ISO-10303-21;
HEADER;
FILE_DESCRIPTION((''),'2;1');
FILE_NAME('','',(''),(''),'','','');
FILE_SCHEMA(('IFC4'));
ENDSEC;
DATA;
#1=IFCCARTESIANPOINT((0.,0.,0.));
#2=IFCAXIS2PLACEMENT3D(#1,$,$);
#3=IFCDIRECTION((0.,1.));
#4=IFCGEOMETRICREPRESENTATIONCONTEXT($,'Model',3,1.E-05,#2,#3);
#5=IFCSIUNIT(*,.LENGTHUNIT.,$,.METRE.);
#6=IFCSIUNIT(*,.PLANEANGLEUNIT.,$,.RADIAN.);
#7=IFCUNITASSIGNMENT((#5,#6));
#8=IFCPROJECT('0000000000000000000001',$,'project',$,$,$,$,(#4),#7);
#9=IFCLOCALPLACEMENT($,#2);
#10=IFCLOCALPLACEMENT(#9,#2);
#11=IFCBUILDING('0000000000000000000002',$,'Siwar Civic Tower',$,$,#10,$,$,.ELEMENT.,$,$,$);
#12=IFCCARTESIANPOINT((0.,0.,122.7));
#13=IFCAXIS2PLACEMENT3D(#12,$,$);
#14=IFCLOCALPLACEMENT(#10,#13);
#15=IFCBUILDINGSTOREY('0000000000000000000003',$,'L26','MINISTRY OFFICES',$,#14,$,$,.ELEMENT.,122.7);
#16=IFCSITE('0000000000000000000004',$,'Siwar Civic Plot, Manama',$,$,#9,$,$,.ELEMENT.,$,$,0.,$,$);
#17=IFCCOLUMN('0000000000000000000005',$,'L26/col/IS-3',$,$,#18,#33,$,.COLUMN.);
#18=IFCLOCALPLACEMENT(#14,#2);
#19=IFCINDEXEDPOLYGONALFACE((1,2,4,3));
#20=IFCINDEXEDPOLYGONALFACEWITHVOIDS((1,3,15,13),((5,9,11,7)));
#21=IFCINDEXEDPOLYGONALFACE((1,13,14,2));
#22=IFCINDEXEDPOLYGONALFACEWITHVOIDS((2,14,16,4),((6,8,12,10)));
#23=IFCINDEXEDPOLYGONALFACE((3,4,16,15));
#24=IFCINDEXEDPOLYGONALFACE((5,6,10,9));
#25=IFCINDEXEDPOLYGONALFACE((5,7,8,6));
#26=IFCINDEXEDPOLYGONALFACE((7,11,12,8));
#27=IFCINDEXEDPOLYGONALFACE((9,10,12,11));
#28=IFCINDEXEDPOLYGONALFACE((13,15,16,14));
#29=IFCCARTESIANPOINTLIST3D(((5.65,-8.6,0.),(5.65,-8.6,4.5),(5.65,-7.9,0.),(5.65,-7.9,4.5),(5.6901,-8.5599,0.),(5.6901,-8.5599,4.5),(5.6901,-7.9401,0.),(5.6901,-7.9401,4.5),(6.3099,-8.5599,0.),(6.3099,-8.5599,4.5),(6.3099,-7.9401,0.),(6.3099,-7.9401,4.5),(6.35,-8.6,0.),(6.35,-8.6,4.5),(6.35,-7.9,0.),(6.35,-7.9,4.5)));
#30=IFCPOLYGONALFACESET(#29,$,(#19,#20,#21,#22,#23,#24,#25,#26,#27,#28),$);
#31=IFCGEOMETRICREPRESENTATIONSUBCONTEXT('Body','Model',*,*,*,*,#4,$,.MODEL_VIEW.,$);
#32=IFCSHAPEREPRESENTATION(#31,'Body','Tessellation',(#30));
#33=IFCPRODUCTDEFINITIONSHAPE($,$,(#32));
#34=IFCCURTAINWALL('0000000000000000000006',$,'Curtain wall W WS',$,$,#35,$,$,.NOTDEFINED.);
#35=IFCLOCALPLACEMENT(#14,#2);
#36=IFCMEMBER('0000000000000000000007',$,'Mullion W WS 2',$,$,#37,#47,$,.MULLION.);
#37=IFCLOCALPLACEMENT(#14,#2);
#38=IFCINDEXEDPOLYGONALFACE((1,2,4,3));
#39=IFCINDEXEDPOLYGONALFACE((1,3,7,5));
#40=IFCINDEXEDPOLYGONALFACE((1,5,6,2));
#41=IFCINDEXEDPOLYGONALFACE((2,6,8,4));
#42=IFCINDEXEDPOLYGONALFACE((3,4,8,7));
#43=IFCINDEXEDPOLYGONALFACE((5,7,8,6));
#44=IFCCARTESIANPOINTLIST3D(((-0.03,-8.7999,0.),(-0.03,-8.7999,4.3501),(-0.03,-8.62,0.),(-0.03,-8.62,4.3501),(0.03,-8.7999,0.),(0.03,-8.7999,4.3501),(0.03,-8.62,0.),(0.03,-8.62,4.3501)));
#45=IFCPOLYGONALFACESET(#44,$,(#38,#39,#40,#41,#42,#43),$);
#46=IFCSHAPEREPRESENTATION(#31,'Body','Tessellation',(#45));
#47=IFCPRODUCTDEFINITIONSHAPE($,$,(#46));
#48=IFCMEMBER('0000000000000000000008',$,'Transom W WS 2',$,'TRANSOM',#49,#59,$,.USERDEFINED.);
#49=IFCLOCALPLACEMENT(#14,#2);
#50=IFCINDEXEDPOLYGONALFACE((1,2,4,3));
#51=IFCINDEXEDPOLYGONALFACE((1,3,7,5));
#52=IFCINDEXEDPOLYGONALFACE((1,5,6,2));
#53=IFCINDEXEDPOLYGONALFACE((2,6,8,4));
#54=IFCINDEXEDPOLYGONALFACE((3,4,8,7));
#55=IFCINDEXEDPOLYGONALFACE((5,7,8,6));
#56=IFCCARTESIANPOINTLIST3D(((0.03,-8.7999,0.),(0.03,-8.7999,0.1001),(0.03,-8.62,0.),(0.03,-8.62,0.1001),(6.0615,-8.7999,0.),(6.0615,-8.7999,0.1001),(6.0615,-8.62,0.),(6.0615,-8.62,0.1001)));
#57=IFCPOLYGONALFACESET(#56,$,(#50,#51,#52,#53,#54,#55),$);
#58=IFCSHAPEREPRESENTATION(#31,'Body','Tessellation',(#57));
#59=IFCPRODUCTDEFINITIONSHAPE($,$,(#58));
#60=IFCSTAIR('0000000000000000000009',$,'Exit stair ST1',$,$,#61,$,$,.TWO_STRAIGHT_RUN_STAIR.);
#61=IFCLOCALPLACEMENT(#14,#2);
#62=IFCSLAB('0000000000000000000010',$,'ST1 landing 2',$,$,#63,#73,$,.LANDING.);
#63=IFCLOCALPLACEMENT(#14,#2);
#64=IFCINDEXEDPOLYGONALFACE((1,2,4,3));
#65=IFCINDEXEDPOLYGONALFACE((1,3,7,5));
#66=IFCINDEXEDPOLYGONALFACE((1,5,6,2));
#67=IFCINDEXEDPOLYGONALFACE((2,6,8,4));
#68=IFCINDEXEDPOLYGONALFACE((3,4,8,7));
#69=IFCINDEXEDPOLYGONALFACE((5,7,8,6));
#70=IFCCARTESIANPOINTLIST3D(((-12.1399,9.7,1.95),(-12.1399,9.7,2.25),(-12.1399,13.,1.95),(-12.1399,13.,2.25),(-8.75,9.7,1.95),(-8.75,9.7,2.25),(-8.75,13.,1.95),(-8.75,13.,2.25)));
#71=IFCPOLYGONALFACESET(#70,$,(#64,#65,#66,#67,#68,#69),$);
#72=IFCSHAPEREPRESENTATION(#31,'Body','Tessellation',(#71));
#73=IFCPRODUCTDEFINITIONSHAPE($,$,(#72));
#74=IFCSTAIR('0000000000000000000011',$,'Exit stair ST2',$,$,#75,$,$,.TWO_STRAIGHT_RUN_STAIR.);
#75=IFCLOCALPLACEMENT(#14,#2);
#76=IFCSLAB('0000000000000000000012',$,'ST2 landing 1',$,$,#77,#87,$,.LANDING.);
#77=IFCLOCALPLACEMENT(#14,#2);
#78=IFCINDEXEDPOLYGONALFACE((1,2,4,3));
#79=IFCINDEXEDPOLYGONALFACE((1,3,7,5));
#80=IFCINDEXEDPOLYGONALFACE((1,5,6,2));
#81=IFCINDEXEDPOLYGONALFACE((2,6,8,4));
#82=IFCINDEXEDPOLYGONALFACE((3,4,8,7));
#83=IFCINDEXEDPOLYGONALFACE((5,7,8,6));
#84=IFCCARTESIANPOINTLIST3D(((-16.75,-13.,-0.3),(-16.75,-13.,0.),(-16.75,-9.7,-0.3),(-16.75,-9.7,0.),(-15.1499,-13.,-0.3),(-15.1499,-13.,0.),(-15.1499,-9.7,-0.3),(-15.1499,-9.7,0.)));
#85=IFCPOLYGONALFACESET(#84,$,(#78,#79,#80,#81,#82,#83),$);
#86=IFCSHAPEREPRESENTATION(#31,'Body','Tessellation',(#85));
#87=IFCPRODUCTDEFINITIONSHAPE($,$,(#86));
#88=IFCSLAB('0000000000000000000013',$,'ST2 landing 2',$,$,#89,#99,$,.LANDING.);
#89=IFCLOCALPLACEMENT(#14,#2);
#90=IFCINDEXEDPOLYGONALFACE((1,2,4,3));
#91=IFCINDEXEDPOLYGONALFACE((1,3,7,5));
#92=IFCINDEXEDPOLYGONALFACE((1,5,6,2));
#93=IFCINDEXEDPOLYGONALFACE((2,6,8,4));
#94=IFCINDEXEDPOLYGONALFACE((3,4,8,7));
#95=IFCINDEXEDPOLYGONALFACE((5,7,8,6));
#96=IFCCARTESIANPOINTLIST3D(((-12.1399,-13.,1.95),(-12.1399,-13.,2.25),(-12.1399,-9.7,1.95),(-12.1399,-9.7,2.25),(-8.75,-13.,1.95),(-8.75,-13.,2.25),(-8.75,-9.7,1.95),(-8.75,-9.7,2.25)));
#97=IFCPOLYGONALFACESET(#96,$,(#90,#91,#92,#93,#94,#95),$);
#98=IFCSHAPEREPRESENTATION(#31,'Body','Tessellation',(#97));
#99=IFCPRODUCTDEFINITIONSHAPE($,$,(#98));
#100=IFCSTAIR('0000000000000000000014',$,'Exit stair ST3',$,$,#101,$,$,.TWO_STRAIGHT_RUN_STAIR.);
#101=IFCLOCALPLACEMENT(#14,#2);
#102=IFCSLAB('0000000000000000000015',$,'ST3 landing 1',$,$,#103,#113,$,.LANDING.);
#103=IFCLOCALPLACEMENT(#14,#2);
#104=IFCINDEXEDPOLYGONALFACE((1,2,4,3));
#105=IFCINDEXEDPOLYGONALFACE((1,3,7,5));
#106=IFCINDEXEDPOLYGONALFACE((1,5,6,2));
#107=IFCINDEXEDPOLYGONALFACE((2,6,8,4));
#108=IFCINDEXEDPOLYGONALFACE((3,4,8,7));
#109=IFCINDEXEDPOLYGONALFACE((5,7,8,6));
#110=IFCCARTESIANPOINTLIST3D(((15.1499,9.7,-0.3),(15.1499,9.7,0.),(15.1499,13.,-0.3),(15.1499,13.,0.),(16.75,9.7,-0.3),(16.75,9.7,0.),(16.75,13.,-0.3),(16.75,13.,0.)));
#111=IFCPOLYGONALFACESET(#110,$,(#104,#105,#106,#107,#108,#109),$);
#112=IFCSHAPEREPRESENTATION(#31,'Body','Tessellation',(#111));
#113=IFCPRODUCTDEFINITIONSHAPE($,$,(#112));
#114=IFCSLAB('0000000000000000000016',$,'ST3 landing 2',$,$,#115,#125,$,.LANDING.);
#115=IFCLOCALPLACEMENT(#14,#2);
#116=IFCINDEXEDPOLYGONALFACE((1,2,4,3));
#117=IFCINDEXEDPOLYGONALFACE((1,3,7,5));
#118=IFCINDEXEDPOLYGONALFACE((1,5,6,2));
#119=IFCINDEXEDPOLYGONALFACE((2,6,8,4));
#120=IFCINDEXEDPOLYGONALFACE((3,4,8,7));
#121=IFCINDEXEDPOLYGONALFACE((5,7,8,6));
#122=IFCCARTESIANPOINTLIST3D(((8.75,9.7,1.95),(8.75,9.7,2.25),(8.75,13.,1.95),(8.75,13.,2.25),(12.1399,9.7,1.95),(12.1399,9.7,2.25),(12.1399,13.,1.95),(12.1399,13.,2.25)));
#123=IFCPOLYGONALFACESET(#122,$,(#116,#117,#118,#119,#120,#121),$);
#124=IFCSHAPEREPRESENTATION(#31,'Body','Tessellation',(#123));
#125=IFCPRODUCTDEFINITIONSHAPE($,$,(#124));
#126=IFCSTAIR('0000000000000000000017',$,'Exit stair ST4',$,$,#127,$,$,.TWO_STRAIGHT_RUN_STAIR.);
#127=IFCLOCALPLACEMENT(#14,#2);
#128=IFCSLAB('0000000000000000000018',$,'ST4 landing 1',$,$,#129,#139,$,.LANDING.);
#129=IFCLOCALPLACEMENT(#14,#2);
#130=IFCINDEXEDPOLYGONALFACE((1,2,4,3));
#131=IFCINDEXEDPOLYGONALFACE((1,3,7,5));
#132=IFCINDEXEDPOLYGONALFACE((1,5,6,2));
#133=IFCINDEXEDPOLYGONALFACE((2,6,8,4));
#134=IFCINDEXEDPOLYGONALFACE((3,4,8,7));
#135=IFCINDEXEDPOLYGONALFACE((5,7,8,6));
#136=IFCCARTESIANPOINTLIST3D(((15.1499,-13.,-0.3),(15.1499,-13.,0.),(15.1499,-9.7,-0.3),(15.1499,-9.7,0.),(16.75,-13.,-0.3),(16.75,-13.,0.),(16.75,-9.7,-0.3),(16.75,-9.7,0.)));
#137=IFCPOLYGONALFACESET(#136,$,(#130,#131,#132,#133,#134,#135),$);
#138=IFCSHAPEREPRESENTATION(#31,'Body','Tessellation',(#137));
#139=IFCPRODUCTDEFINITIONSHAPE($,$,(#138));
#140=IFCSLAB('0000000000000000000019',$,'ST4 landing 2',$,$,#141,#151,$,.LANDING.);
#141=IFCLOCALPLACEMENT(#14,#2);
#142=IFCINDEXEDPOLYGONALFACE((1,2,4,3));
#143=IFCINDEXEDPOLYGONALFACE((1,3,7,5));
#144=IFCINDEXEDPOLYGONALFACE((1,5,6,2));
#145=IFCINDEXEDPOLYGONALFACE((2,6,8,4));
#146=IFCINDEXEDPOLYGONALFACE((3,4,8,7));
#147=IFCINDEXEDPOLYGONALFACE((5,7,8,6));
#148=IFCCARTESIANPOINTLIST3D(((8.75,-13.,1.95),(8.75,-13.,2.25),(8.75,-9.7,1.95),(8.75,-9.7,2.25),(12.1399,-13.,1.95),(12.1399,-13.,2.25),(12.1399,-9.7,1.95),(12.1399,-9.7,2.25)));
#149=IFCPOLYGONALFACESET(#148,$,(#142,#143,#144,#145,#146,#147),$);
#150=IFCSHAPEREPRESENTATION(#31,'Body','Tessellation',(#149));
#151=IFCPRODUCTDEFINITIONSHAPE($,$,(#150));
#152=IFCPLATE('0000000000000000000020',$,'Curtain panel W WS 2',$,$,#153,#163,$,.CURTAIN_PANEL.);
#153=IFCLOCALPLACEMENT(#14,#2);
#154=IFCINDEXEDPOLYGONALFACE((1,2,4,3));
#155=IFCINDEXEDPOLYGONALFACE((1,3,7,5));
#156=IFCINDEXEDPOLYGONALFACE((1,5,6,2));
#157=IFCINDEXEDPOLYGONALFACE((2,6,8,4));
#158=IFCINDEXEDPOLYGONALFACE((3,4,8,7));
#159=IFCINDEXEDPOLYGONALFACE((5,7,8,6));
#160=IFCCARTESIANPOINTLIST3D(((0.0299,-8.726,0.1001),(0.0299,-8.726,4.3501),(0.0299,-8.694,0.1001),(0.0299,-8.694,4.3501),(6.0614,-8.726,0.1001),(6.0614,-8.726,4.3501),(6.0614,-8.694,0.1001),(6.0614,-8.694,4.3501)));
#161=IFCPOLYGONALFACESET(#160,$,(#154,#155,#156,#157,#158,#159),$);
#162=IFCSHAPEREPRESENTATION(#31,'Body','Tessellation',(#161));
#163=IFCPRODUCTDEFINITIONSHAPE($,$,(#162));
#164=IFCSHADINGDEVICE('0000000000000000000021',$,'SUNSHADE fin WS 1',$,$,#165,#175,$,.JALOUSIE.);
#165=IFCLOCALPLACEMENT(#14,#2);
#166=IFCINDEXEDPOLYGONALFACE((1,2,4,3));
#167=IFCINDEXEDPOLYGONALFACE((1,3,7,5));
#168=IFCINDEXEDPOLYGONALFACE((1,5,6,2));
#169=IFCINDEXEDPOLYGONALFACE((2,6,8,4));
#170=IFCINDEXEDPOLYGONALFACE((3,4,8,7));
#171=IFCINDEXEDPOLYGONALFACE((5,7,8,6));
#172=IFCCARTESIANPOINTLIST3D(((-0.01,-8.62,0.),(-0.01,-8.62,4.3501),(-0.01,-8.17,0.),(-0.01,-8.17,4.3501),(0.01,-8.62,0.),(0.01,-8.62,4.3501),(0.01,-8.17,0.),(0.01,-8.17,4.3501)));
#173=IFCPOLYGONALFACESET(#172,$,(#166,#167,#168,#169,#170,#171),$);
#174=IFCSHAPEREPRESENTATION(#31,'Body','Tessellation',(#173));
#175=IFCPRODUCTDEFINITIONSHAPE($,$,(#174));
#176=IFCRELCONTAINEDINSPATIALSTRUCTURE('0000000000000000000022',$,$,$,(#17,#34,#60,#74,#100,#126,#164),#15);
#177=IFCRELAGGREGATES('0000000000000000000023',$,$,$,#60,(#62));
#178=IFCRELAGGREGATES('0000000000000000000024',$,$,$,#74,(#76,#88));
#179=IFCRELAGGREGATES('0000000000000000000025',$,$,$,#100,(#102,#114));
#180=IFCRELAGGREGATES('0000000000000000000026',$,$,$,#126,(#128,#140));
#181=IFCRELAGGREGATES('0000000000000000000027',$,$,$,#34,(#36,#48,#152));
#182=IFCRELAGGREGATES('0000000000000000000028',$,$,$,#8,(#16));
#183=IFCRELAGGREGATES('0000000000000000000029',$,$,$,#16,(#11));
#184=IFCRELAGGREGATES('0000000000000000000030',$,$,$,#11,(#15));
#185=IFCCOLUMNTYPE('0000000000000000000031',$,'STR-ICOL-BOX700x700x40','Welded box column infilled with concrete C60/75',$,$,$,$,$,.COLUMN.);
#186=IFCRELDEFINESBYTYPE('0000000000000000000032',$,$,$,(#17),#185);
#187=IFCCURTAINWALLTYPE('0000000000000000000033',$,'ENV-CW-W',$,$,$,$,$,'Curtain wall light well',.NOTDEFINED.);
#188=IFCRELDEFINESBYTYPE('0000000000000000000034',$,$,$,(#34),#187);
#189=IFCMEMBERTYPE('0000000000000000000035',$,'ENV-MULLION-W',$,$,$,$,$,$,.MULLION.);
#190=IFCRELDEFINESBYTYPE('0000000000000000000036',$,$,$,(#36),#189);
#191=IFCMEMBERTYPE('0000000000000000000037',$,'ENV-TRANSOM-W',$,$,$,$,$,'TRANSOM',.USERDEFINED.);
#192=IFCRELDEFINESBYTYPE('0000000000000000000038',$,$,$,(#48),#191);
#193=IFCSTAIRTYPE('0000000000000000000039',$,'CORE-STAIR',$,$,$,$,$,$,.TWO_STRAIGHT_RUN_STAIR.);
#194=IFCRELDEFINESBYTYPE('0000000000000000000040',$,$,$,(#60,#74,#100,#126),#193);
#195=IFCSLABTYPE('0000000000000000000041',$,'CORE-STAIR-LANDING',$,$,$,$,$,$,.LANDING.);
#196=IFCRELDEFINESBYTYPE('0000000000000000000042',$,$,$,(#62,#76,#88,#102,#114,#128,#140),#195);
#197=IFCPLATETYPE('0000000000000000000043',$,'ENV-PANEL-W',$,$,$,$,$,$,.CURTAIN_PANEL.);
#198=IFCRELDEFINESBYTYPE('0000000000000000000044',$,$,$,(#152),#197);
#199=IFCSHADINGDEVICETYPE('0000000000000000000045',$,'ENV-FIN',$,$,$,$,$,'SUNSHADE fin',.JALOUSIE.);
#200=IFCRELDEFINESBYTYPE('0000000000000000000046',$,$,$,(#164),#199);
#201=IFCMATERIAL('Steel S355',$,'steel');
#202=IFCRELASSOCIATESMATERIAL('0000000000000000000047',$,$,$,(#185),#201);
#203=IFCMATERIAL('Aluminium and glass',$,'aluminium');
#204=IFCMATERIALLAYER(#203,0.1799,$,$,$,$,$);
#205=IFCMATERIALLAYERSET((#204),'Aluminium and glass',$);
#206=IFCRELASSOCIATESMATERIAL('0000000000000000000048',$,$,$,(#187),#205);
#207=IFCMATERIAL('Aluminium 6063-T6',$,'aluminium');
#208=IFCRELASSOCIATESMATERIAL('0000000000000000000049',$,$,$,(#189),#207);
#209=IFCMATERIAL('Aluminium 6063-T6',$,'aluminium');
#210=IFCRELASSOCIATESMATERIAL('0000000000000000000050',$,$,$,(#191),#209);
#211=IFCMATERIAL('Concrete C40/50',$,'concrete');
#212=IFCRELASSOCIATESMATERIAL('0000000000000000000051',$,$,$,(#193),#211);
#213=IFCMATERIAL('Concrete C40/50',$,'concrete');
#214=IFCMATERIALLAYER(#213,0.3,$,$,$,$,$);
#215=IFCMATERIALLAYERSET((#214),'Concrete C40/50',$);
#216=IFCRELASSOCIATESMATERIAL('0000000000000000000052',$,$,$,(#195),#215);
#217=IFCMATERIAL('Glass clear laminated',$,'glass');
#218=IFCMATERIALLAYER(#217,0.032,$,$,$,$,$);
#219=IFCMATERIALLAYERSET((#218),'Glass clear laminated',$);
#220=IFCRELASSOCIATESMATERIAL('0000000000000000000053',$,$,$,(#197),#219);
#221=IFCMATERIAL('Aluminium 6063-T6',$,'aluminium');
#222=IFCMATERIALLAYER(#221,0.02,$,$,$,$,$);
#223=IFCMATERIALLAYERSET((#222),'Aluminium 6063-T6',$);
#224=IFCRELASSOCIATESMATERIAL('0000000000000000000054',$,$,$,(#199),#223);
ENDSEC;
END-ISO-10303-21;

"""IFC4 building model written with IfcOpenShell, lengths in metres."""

from ifc_helpers import new_model, si_unit, direction, frame, origin, origin_2d, place, context, subcontext, project, spatial, polyline, rectangle, hollow_rectangle, outline, extrude, material, layer, layer_set, material_profile, profile_set, type_object, element, aggregate, save


model = new_model("IFC4")

# Units and contexts
model_context = context("Model", 3, precision=1e-05, world=origin(), true_north=direction((0.0, 1.0)))
body_context = subcontext(model_context, "Body", "Model", "MODEL_VIEW")
ifc_project = project(units=[si_unit("LENGTHUNIT", "METRE"), si_unit("PLANEANGLEUNIT", "RADIAN")], contexts=[model_context])

# Site, building, storey
site_placement = place(None, origin())
site = spatial("IfcSite", under=ifc_project, at=site_placement, Name="Siwar Civic Plot, Manama", CompositionType="ELEMENT", RefElevation=0.0)
building_placement = place(site_placement, origin())
building = spatial("IfcBuilding", under=site, at=building_placement, Name="Siwar Civic Tower", CompositionType="ELEMENT")
storey_placement = place(building_placement, frame((0.0, 0.0, 122.7)))
storey = spatial("IfcBuildingStorey", under=building, at=storey_placement, Name="L26", Description="MINISTRY OFFICES", CompositionType="ELEMENT", Elevation=122.7)

# Column
ifc_material_1 = material(Name="Steel S355", Category="steel")
ifc_material_profile_1 = material_profile(ifc_material_1, hollow_rectangle(XDim=0.7, YDim=0.7, WallThickness=0.04, at=origin_2d()), Name="BOX700x700x40")
ifc_profile_set_1 = profile_set([ifc_material_profile_1], Name="Steel S355")
column_type = type_object("IfcColumnType", Name="STR-ICOL-BOX700x700x40", Description="Welded box column infilled with concrete C60/75", PredefinedType="COLUMN", material=ifc_profile_set_1)
column_placement = place(storey_placement, frame((6.0, -8.25, 0.0), z_axis=(0.0, 0.0, 1.0), x_axis=(1.0, 0.0, 0.0)))
element("IfcColumn", 1, at=column_placement, inside=storey, type_object=column_type, Name="L26/col/IS-3", PredefinedType="COLUMN", context=body_context, shape_type="SweptSolid", body=[
    extrude(hollow_rectangle(XDim=0.7, YDim=0.7, WallThickness=0.04, at=origin_2d()), origin(), (0.0, 0.0, 1.0), 4.5),
])

# Curtain wall, members
ifc_material_2 = material(Name="Aluminium and glass", Category="aluminium")
ifc_layer_1 = layer(ifc_material_2, 0.1799)
ifc_layer_set_1 = layer_set([ifc_layer_1], Name="Aluminium and glass")
curtain_wall_type = type_object("IfcCurtainWallType", Name="ENV-CW-W", ElementType="Curtain wall light well", PredefinedType="NOTDEFINED", material=ifc_layer_set_1)
curtain_wall_placement = place(storey_placement, origin())
curtain_wall = element("IfcCurtainWall", 2, at=curtain_wall_placement, inside=storey, type_object=curtain_wall_type, Name="Curtain wall W WS", PredefinedType="NOTDEFINED")
ifc_material_3 = material(Name="Aluminium 6063-T6", Category="aluminium")
ifc_material_profile_2 = material_profile(ifc_material_3, rectangle(XDim=0.1799, YDim=0.0601, at=origin_2d()), Name="AL 180x60")
ifc_profile_set_2 = profile_set([ifc_material_profile_2], Name="Aluminium 6063-T6")
member_type_1 = type_object("IfcMemberType", Name="ENV-MULLION-W", PredefinedType="MULLION", material=ifc_profile_set_2)
member_1_placement = place(storey_placement, frame((0.0, -8.71, 0.0), z_axis=(0.0, 0.0, 1.0), x_axis=(0.0, 1.0, 0.0)))
member_1 = element("IfcMember", 3, at=member_1_placement, type_object=member_type_1, Name="Mullion W WS 2", PredefinedType="MULLION", context=body_context, shape_type="SweptSolid", body=[
    extrude(rectangle(XDim=0.1799, YDim=0.0601, at=origin_2d()), origin(), (0.0, 0.0, 1.0), 4.3501),
])
ifc_material_4 = material(Name="Aluminium 6063-T6", Category="aluminium")
ifc_material_profile_3 = material_profile(ifc_material_4, rectangle(XDim=0.1799, YDim=0.1001, at=origin_2d()), Name="AL 180x100")
ifc_profile_set_3 = profile_set([ifc_material_profile_3], Name="Aluminium 6063-T6")
member_type_2 = type_object("IfcMemberType", Name="ENV-TRANSOM-W", ElementType="TRANSOM", PredefinedType="USERDEFINED", material=ifc_profile_set_3)
member_2_placement = place(storey_placement, frame((0.03, -8.71, 0.05), z_axis=(1.0, 0.0, 0.0), x_axis=(0.0, 1.0, 0.0)))
member_2 = element("IfcMember", 4, at=member_2_placement, type_object=member_type_2, Name="Transom W WS 2", ObjectType="TRANSOM", PredefinedType="USERDEFINED", context=body_context, shape_type="SweptSolid", body=[
    extrude(rectangle(XDim=0.1799, YDim=0.1001, at=origin_2d()), origin(), (0.0, 0.0, 1.0), 6.0315),
])

# Stair, slab
ifc_material_5 = material(Name="Concrete C40/50", Category="concrete")
stair_type = type_object("IfcStairType", Name="CORE-STAIR", PredefinedType="TWO_STRAIGHT_RUN_STAIR", material=ifc_material_5)
stair_1_placement = place(storey_placement, origin())
stair_1 = element("IfcStair", 5, at=stair_1_placement, inside=storey, type_object=stair_type, Name="Exit stair ST1", PredefinedType="TWO_STRAIGHT_RUN_STAIR")
ifc_material_6 = material(Name="Concrete C40/50", Category="concrete")
ifc_layer_2 = layer(ifc_material_6, 0.3)
ifc_layer_set_2 = layer_set([ifc_layer_2], Name="Concrete C40/50")
slab_type = type_object("IfcSlabType", Name="CORE-STAIR-LANDING", PredefinedType="LANDING", material=ifc_layer_set_2)
slab_1_placement = place(storey_placement, frame((0.0, 0.0, 1.95)))
slab_1 = element("IfcSlab", 6, at=slab_1_placement, type_object=slab_type, Name="ST1 landing 2", PredefinedType="LANDING", context=body_context, shape_type="SweptSolid", body=[
    extrude(outline(polyline([(-8.75, 13.0), (-12.1399, 13.0), (-12.1399, 9.7), (-8.75, 9.7), (-8.75, 13.0)])), origin(), (0.0, 0.0, 1.0), 0.3),
])
aggregate(stair_1, [slab_1])

# Stairs, slabs
stair_2_placement = place(storey_placement, origin())
stair_2 = element("IfcStair", 7, at=stair_2_placement, inside=storey, type_object=stair_type, Name="Exit stair ST2", PredefinedType="TWO_STRAIGHT_RUN_STAIR")
slab_2_placement = place(storey_placement, frame((0.0, 0.0, -0.3)))
slab_2 = element("IfcSlab", 8, at=slab_2_placement, type_object=slab_type, Name="ST2 landing 1", PredefinedType="LANDING", context=body_context, shape_type="SweptSolid", body=[
    extrude(outline(polyline([(-15.1499, -9.7), (-16.75, -9.7), (-16.75, -13.0), (-15.1499, -13.0), (-15.1499, -9.7)])), origin(), (0.0, 0.0, 1.0), 0.3),
])
slab_3_placement = place(storey_placement, frame((0.0, 0.0, 1.95)))
slab_3 = element("IfcSlab", 9, at=slab_3_placement, type_object=slab_type, Name="ST2 landing 2", PredefinedType="LANDING", context=body_context, shape_type="SweptSolid", body=[
    extrude(outline(polyline([(-8.75, -9.7), (-12.1399, -9.7), (-12.1399, -13.0), (-8.75, -13.0), (-8.75, -9.7)])), origin(), (0.0, 0.0, 1.0), 0.3),
])
aggregate(stair_2, [slab_2, slab_3])
stair_3_placement = place(storey_placement, origin())
stair_3 = element("IfcStair", 10, at=stair_3_placement, inside=storey, type_object=stair_type, Name="Exit stair ST3", PredefinedType="TWO_STRAIGHT_RUN_STAIR")
slab_4_placement = place(storey_placement, frame((0.0, 0.0, -0.3)))
slab_4 = element("IfcSlab", 11, at=slab_4_placement, type_object=slab_type, Name="ST3 landing 1", PredefinedType="LANDING", context=body_context, shape_type="SweptSolid", body=[
    extrude(outline(polyline([(15.1499, 9.7), (16.75, 9.7), (16.75, 13.0), (15.1499, 13.0), (15.1499, 9.7)])), origin(), (0.0, 0.0, 1.0), 0.3),
])
slab_5_placement = place(storey_placement, frame((0.0, 0.0, 1.95)))
slab_5 = element("IfcSlab", 12, at=slab_5_placement, type_object=slab_type, Name="ST3 landing 2", PredefinedType="LANDING", context=body_context, shape_type="SweptSolid", body=[
    extrude(outline(polyline([(8.75, 9.7), (12.1399, 9.7), (12.1399, 13.0), (8.75, 13.0), (8.75, 9.7)])), origin(), (0.0, 0.0, 1.0), 0.3),
])
aggregate(stair_3, [slab_4, slab_5])
stair_4_placement = place(storey_placement, origin())
stair_4 = element("IfcStair", 13, at=stair_4_placement, inside=storey, type_object=stair_type, Name="Exit stair ST4", PredefinedType="TWO_STRAIGHT_RUN_STAIR")
slab_6_placement = place(storey_placement, frame((0.0, 0.0, -0.3)))
slab_6 = element("IfcSlab", 14, at=slab_6_placement, type_object=slab_type, Name="ST4 landing 1", PredefinedType="LANDING", context=body_context, shape_type="SweptSolid", body=[
    extrude(outline(polyline([(15.1499, -13.0), (16.75, -13.0), (16.75, -9.7), (15.1499, -9.7), (15.1499, -13.0)])), origin(), (0.0, 0.0, 1.0), 0.3),
])
slab_7_placement = place(storey_placement, frame((0.0, 0.0, 1.95)))
slab_7 = element("IfcSlab", 15, at=slab_7_placement, type_object=slab_type, Name="ST4 landing 2", PredefinedType="LANDING", context=body_context, shape_type="SweptSolid", body=[
    extrude(outline(polyline([(8.75, -13.0), (12.1399, -13.0), (12.1399, -9.7), (8.75, -9.7), (8.75, -13.0)])), origin(), (0.0, 0.0, 1.0), 0.3),
])
aggregate(stair_4, [slab_6, slab_7])

# Plate
ifc_material_7 = material(Name="Glass clear laminated", Category="glass")
ifc_layer_3 = layer(ifc_material_7, 0.032)
ifc_layer_set_3 = layer_set([ifc_layer_3], Name="Glass clear laminated")
plate_type = type_object("IfcPlateType", Name="ENV-PANEL-W", PredefinedType="CURTAIN_PANEL", material=ifc_layer_set_3)
plate_placement = place(storey_placement, frame((3.0457, -8.71, 0.1001), z_axis=(0.0, 0.0, 1.0), x_axis=(1.0, 0.0, 0.0)))
plate = element("IfcPlate", 16, at=plate_placement, type_object=plate_type, Name="Curtain panel W WS 2", PredefinedType="CURTAIN_PANEL", context=body_context, shape_type="SweptSolid", body=[
    extrude(rectangle(XDim=6.0315, YDim=0.032, at=origin_2d()), origin(), (0.0, 0.0, 1.0), 4.25),
])
aggregate(curtain_wall, [member_1, member_2, plate])

# Shading device
ifc_material_8 = material(Name="Aluminium 6063-T6", Category="aluminium")
ifc_layer_4 = layer(ifc_material_8, 0.02)
ifc_layer_set_4 = layer_set([ifc_layer_4], Name="Aluminium 6063-T6")
shading_device_type = type_object("IfcShadingDeviceType", Name="ENV-FIN", ElementType="SUNSHADE fin", PredefinedType="JALOUSIE", material=ifc_layer_set_4)
shading_device_placement = place(storey_placement, frame((0.0, -8.395, 0.0), z_axis=(0.0, 0.0, 1.0), x_axis=(1.0, 0.0, 0.0)))
element("IfcShadingDevice", 17, at=shading_device_placement, inside=storey, type_object=shading_device_type, Name="SUNSHADE fin WS 1", PredefinedType="JALOUSIE", context=body_context, shape_type="SweptSolid", body=[
    extrude(rectangle(XDim=0.02, YDim=0.45, at=origin_2d()), origin(), (0.0, 0.0, 1.0), 4.3501),
])

save(model, "model.ifc")
